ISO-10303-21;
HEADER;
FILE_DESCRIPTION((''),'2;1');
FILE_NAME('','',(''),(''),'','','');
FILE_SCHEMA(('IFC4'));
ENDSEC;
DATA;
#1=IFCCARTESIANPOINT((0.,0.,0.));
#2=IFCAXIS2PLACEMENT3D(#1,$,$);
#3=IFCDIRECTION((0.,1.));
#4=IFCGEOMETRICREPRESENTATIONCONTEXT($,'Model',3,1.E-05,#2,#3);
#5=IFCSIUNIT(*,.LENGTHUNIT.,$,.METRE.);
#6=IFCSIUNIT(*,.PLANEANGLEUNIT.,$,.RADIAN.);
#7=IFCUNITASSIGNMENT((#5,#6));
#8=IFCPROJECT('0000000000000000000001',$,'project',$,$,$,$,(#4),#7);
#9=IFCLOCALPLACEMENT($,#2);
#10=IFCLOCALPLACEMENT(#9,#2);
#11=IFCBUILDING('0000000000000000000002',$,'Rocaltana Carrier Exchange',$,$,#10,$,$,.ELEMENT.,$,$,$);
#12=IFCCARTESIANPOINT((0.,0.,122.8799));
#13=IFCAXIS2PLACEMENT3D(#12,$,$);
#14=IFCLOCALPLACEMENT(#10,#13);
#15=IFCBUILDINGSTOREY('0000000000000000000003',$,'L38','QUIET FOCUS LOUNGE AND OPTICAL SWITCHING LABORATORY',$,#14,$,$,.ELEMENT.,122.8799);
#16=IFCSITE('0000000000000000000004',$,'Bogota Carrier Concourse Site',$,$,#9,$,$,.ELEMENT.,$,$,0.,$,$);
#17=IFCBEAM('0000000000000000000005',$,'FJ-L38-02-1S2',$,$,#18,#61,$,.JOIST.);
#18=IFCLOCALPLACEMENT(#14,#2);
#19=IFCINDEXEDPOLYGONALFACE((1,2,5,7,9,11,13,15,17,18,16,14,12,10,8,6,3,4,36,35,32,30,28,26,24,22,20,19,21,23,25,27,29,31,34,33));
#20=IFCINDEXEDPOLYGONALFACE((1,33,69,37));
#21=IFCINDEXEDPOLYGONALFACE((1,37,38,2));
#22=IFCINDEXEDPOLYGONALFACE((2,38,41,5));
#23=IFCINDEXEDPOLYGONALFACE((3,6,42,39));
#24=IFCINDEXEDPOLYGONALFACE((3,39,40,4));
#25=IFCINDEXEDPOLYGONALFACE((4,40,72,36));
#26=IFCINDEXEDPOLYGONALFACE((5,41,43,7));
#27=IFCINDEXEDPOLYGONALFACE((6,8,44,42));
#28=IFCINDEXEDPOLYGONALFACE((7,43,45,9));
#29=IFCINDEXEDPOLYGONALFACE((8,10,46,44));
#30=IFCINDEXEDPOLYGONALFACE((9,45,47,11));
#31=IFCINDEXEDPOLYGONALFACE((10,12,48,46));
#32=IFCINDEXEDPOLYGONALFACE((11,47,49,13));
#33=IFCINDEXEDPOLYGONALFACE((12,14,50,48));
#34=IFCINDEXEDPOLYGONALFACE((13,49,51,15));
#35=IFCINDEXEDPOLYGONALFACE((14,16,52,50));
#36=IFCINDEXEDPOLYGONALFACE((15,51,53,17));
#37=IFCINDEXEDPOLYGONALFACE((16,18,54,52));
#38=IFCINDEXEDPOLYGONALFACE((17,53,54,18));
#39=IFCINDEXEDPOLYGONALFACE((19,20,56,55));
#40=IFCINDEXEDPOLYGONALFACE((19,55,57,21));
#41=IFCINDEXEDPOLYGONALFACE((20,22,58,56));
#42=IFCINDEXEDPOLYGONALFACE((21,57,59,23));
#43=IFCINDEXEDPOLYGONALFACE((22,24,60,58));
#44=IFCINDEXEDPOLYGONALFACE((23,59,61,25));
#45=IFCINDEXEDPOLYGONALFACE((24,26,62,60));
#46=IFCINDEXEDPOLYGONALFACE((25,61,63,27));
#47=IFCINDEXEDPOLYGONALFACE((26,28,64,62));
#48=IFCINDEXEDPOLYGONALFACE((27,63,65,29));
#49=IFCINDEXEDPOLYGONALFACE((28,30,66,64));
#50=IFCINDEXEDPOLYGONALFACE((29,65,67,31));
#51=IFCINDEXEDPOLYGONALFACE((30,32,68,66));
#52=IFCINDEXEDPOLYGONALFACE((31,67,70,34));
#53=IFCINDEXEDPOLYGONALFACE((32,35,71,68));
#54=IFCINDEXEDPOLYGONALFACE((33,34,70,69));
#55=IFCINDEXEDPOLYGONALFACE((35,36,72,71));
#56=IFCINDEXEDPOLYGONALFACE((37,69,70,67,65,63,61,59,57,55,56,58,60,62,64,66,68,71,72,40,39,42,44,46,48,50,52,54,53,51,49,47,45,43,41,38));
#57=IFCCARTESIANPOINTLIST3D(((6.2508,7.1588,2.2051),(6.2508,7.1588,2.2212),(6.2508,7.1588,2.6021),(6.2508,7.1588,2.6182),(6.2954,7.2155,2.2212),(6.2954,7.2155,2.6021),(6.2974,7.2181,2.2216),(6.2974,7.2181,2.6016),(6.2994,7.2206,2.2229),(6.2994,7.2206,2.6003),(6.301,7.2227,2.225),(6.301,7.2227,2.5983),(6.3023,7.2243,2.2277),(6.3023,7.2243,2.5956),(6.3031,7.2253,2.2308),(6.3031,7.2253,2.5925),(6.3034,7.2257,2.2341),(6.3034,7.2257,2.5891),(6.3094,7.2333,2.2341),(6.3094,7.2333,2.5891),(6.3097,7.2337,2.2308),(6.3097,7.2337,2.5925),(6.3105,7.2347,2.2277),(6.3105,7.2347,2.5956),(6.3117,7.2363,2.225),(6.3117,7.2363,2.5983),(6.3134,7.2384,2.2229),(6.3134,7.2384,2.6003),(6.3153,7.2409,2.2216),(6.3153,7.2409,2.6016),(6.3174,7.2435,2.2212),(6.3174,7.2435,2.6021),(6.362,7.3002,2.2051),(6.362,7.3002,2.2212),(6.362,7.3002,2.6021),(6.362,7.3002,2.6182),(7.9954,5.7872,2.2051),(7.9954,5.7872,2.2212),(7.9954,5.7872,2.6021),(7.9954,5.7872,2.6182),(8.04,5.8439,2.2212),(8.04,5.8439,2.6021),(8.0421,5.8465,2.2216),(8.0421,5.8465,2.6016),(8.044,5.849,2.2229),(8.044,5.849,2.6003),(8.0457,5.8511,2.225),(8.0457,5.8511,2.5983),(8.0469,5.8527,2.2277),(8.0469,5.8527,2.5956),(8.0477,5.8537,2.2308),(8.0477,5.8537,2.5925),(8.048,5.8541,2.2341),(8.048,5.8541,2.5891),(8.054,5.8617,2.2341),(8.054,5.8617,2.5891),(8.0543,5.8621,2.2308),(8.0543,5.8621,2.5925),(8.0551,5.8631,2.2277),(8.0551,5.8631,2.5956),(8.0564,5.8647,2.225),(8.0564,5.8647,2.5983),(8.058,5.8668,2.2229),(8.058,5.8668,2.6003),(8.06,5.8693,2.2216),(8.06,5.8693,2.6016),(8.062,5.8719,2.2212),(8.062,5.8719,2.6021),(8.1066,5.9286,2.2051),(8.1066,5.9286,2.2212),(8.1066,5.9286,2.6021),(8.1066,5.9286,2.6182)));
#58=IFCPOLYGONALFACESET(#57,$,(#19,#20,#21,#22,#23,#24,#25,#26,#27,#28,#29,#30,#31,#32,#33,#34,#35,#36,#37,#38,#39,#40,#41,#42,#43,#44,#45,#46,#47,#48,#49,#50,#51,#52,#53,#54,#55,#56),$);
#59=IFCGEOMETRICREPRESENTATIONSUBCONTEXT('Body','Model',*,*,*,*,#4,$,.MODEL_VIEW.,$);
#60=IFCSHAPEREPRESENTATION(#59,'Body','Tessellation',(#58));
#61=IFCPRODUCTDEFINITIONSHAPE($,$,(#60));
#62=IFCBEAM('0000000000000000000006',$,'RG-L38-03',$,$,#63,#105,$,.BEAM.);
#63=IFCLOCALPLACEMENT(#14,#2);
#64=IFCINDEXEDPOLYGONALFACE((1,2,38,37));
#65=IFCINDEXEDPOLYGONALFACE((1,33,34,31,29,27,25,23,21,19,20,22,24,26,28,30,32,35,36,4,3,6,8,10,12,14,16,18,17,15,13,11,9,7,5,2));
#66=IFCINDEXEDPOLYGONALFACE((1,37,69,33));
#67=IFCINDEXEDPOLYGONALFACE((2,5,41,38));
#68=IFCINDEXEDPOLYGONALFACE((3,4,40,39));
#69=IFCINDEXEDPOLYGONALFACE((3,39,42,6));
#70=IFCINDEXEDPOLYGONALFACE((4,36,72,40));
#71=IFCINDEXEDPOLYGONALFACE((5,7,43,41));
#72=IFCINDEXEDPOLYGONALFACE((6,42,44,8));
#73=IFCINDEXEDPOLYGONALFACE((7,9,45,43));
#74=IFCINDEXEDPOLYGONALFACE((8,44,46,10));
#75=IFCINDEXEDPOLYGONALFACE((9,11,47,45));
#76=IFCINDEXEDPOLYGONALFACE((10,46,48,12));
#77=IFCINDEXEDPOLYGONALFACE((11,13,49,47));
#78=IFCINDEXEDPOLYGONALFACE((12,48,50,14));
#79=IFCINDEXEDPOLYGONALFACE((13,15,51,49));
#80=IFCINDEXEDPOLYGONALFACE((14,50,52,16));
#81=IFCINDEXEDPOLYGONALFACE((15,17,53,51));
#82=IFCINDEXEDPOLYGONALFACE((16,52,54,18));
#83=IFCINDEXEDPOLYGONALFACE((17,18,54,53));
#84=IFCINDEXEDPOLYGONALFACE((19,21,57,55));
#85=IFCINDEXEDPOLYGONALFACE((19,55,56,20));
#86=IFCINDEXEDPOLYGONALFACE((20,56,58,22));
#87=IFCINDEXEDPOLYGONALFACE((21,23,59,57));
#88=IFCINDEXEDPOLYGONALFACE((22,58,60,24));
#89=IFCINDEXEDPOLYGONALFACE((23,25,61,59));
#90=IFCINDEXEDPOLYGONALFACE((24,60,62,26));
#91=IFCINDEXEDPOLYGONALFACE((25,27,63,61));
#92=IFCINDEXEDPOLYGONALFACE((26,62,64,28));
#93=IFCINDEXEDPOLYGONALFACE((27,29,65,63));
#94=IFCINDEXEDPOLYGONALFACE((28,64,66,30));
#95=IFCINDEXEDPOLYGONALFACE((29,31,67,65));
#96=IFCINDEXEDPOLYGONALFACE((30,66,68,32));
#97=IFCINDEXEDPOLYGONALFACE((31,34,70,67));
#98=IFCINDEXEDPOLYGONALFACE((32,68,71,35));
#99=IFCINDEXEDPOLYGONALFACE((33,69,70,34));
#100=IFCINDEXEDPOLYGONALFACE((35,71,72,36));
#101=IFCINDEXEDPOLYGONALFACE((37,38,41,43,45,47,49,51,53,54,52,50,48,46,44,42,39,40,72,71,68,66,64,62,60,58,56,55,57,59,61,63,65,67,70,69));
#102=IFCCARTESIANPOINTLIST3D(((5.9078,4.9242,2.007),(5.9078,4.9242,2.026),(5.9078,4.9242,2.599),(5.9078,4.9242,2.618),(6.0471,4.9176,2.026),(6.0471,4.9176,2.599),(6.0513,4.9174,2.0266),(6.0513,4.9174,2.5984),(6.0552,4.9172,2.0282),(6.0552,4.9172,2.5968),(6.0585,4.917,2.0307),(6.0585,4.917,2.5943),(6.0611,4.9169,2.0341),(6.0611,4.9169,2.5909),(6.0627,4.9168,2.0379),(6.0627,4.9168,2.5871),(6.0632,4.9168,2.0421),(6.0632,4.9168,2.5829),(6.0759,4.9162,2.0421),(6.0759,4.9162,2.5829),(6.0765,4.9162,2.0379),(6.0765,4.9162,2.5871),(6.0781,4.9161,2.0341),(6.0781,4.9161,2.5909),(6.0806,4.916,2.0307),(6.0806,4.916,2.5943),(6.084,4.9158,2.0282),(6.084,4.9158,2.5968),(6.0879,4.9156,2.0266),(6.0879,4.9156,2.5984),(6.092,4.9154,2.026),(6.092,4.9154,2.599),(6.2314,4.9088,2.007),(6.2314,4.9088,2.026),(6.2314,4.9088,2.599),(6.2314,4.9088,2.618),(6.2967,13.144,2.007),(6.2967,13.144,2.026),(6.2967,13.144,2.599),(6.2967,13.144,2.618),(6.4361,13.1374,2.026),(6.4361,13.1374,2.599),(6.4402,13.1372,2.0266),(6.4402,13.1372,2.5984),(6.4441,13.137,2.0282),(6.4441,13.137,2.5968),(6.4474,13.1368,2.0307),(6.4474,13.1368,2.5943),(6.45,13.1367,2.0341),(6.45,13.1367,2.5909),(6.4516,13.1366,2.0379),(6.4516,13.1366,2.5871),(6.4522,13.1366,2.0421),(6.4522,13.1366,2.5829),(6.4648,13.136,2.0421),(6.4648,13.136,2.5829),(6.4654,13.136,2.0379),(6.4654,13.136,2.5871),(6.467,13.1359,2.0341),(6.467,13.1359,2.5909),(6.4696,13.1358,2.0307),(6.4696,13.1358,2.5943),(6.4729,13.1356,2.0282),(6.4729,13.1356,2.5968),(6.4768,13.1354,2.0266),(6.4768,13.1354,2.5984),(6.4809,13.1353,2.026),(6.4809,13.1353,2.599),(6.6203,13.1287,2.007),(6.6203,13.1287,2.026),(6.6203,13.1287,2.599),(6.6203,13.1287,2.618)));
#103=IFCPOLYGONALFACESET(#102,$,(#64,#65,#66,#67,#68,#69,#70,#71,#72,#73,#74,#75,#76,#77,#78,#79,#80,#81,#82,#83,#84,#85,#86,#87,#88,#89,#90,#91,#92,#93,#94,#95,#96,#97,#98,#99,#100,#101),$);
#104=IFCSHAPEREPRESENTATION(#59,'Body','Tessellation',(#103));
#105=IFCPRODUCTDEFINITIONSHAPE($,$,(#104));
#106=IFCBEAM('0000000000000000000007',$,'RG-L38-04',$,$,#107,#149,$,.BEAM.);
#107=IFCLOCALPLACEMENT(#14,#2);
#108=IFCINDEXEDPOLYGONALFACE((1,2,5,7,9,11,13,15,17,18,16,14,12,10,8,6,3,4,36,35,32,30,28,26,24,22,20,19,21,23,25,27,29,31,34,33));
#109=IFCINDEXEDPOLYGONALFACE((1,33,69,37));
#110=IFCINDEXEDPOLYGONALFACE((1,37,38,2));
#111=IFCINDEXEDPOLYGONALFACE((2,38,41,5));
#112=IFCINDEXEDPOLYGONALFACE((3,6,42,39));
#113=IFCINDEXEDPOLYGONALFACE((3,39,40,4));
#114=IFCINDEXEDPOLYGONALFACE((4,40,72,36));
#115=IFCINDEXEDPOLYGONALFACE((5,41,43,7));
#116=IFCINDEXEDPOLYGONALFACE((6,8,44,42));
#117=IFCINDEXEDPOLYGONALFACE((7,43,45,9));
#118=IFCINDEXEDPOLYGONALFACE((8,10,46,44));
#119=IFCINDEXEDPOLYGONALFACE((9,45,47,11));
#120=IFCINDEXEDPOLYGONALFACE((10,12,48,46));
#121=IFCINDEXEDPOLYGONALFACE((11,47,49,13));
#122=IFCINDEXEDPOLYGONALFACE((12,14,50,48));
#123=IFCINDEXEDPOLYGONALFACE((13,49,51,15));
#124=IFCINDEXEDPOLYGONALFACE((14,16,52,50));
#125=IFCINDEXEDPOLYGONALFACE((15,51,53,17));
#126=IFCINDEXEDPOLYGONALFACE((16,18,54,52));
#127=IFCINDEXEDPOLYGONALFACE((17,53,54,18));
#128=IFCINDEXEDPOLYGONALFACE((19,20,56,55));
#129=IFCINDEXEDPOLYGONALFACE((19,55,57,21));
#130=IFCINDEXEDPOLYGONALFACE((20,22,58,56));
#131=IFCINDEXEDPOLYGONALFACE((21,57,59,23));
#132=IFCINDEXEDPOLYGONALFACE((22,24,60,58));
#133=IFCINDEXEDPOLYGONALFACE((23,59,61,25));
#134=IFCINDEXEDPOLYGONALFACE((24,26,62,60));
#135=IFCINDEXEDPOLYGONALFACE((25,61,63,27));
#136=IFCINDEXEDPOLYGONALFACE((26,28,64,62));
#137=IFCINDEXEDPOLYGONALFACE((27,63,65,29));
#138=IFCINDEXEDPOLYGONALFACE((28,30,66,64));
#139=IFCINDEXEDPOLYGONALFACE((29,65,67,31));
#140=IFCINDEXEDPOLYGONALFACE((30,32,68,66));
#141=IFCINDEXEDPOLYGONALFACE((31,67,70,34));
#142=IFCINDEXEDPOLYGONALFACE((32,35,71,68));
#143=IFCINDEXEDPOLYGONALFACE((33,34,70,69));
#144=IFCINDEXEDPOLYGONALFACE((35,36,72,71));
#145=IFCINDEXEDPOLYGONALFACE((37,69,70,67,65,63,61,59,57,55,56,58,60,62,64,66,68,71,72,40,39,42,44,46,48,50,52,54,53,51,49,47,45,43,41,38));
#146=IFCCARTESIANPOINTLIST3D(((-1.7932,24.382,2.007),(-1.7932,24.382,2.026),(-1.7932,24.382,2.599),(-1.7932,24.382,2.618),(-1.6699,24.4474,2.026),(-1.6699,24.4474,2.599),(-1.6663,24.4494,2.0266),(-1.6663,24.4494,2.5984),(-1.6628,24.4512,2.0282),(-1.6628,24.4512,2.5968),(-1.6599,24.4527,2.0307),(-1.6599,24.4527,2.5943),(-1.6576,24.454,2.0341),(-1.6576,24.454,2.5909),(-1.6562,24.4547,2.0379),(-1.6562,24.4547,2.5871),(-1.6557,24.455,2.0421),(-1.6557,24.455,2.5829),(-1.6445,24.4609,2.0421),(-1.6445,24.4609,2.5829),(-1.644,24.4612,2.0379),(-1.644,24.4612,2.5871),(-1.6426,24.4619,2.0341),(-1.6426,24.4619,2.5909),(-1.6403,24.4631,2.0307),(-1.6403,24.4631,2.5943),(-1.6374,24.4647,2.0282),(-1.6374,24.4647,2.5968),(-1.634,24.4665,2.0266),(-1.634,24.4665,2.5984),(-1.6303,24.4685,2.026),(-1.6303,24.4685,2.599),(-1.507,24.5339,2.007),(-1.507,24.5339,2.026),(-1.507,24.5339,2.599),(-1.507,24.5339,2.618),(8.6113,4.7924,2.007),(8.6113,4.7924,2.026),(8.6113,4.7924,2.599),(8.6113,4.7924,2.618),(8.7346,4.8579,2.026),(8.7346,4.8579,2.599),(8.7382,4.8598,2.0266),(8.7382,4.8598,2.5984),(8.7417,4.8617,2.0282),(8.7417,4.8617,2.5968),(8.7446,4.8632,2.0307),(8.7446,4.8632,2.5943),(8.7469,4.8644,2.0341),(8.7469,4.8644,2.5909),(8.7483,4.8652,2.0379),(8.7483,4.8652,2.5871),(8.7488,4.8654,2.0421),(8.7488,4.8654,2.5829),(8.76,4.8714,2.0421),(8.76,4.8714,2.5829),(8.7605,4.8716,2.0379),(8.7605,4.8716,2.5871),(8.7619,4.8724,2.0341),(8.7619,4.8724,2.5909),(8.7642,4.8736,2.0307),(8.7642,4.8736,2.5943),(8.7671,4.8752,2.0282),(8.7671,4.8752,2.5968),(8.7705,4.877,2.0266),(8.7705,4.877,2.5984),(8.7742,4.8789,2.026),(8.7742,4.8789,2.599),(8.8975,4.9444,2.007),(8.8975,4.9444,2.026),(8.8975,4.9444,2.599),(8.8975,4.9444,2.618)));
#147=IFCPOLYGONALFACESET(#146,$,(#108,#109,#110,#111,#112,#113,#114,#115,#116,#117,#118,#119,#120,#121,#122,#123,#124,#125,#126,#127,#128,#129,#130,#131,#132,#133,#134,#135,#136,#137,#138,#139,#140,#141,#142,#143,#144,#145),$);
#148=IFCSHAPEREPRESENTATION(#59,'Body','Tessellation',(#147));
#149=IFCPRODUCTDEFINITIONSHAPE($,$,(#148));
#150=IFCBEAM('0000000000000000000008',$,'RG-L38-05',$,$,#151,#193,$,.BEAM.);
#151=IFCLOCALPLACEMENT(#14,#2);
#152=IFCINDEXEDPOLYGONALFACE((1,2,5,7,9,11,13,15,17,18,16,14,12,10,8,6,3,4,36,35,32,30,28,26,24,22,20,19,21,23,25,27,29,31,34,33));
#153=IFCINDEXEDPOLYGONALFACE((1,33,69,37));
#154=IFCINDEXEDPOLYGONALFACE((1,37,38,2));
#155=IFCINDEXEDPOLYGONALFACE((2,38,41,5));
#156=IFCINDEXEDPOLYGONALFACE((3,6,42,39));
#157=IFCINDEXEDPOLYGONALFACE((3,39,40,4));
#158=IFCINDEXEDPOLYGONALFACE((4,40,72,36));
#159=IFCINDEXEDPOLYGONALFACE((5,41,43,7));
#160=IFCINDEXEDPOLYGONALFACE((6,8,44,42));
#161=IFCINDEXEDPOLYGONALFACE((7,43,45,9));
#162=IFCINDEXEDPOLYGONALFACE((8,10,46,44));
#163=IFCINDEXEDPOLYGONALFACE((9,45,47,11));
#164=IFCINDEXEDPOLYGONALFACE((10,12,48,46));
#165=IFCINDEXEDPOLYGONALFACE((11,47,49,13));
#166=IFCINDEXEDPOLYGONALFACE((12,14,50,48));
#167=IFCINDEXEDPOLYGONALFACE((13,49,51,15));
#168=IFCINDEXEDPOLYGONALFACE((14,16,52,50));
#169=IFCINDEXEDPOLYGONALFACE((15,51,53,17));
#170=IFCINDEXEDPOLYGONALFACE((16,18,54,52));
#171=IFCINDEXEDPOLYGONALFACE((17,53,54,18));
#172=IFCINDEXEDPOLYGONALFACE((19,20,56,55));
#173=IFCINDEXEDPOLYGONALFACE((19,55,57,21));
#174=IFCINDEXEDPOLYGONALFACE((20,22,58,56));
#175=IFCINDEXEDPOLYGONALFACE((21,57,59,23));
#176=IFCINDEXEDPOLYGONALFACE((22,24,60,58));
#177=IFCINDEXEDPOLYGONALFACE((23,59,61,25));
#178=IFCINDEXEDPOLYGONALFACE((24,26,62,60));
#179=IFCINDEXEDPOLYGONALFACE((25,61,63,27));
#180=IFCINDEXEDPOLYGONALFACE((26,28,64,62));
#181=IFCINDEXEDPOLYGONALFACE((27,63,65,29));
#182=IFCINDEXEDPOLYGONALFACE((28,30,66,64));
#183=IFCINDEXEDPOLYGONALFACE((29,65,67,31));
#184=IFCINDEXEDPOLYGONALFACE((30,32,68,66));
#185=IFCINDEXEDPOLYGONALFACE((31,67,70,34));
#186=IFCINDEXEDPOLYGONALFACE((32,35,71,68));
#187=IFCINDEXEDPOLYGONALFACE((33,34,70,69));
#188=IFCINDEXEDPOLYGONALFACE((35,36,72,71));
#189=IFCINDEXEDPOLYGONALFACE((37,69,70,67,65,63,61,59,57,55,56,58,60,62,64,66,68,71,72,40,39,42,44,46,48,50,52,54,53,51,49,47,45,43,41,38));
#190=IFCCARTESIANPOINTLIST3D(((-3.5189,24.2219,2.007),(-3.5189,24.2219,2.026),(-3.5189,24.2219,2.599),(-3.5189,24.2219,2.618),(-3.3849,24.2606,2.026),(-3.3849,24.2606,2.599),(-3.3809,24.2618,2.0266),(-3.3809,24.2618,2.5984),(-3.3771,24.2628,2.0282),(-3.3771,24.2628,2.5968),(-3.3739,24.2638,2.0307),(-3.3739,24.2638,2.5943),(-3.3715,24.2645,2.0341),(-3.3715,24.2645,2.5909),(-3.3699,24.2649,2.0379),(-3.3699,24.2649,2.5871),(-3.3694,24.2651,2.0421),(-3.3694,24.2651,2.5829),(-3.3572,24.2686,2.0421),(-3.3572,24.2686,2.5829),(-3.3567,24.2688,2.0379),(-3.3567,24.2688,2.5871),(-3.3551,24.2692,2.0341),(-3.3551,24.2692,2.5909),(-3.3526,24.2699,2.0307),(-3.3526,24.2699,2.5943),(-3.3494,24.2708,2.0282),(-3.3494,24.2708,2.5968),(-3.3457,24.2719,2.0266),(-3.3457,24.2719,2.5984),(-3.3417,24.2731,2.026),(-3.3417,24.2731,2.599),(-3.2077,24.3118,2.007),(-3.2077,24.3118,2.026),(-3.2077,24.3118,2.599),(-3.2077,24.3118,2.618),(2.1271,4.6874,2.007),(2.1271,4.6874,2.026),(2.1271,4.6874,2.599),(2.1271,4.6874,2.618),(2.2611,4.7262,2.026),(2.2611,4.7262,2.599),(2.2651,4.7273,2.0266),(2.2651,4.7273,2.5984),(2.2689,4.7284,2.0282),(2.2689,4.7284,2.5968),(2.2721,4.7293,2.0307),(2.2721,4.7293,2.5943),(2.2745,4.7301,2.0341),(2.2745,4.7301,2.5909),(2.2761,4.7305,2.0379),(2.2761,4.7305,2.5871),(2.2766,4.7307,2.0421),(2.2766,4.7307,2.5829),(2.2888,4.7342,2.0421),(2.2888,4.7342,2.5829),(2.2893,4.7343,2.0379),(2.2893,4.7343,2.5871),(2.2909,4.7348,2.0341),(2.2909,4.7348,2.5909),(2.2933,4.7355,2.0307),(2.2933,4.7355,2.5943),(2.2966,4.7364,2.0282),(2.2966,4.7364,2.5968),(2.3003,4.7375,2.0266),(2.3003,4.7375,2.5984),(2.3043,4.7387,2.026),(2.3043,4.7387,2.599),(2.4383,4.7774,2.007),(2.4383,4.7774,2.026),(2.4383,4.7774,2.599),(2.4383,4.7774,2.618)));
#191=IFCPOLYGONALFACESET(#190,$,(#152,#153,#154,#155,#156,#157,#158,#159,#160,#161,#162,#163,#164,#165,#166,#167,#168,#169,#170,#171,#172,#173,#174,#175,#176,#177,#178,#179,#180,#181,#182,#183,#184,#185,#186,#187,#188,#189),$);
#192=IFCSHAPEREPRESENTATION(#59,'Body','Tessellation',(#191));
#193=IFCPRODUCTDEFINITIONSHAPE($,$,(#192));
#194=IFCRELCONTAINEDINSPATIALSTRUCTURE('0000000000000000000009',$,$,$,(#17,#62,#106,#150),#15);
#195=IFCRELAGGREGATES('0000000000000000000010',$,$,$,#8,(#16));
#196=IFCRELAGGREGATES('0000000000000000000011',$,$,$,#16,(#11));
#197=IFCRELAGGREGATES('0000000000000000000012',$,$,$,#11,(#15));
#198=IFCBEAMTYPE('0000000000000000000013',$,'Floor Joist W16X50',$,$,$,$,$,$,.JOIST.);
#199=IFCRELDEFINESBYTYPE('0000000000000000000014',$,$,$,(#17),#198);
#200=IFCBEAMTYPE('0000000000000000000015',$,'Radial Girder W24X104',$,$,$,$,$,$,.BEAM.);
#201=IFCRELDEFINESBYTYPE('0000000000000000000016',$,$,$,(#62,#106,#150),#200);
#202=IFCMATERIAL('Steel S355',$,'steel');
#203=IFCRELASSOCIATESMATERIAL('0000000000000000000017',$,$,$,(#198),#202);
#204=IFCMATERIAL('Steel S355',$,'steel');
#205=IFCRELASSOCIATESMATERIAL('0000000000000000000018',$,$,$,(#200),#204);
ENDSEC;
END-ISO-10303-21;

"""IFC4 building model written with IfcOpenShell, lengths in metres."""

from ifc_helpers import new_model, si_unit, direction, frame, origin, origin_2d, place, context, subcontext, project, spatial, i_section, extrude, material, material_profile, profile_set, type_object, element, save


model = new_model("IFC4")

# Units and contexts
model_context = context("Model", 3, precision=1e-05, world=origin(), true_north=direction((0.0, 1.0)))
body_context = subcontext(model_context, "Body", "Model", "MODEL_VIEW")
ifc_project = project(units=[si_unit("LENGTHUNIT", "METRE"), si_unit("PLANEANGLEUNIT", "RADIAN")], contexts=[model_context])

# Site, building, storey
site_placement = place(None, origin())
site = spatial("IfcSite", under=ifc_project, at=site_placement, Name="Bogota Carrier Concourse Site", CompositionType="ELEMENT", RefElevation=0.0)
building_placement = place(site_placement, origin())
building = spatial("IfcBuilding", under=site, at=building_placement, Name="Rocaltana Carrier Exchange", CompositionType="ELEMENT")
storey_placement = place(building_placement, frame((0.0, 0.0, 122.8799)))
storey = spatial("IfcBuildingStorey", under=building, at=storey_placement, Name="L38", Description="QUIET FOCUS LOUNGE AND OPTICAL SWITCHING LABORATORY", CompositionType="ELEMENT", Elevation=122.8799)

# Beams
ifc_material_1 = material(Name="Steel S355", Category="steel")
ifc_material_profile_1 = material_profile(ifc_material_1, i_section(OverallWidth=0.1799, OverallDepth=0.4131, WebThickness=0.0098, FlangeThickness=0.0161, FilletRadius=0.0129, at=origin_2d()), Name="W16X50")
ifc_profile_set_1 = profile_set([ifc_material_profile_1], Name="Steel S355")
beam_type_1 = type_object("IfcBeamType", Name="Floor Joist W16X50", PredefinedType="JOIST", material=ifc_profile_set_1)
beam_1_placement = place(storey_placement, frame((8.051, 5.8579, 2.4116), z_axis=(-0.786143, 0.618045, 0.0), x_axis=(-0.618045, -0.786143, 0.0)))
element("IfcBeam", 1, at=beam_1_placement, inside=storey, type_object=beam_type_1, Name="FJ-L38-02-1S2", PredefinedType="JOIST", context=body_context, shape_type="SweptSolid", body=[
    extrude(i_section(OverallWidth=0.1799, OverallDepth=0.4131, WebThickness=0.0098, FlangeThickness=0.0161, FilletRadius=0.0129, at=origin_2d()), origin(), (0.0, 0.0, 1.0), 2.2192),
])
ifc_material_2 = material(Name="Steel S355", Category="steel")
ifc_material_profile_2 = material_profile(ifc_material_2, i_section(OverallWidth=0.324, OverallDepth=0.6111, WebThickness=0.0127, FlangeThickness=0.019, FilletRadius=0.0161, at=origin_2d()), Name="W24X104")
ifc_profile_set_2 = profile_set([ifc_material_profile_2], Name="Steel S355")
beam_type_2 = type_object("IfcBeamType", Name="Radial Girder W24X104", PredefinedType="BEAM", material=ifc_profile_set_2)
beam_2_placement = place(storey_placement, frame((6.0696, 4.9165, 2.3125), z_axis=(0.047262, 0.998883, 0.0), x_axis=(-0.998883, 0.047262, 0.0)))
element("IfcBeam", 2, at=beam_2_placement, inside=storey, type_object=beam_type_2, Name="RG-L38-03", PredefinedType="BEAM", context=body_context, shape_type="SweptSolid", body=[
    extrude(i_section(OverallWidth=0.324, OverallDepth=0.6111, WebThickness=0.0127, FlangeThickness=0.019, FilletRadius=0.0161, at=origin_2d()), origin(), (0.0, 0.0, 1.0), 8.229),
])
beam_3_placement = place(storey_placement, frame((8.7544, 4.8684, 2.3125), z_axis=(-0.46907, 0.883161, 0.0), x_axis=(-0.883161, -0.46907, 0.0)))
element("IfcBeam", 3, at=beam_3_placement, inside=storey, type_object=beam_type_2, Name="RG-L38-04", PredefinedType="BEAM", context=body_context, shape_type="SweptSolid", body=[
    extrude(i_section(OverallWidth=0.324, OverallDepth=0.6111, WebThickness=0.0127, FlangeThickness=0.019, FilletRadius=0.0161, at=origin_2d()), origin(), (0.0, 0.0, 1.0), 22.1812),
])
beam_4_placement = place(storey_placement, frame((2.2827, 4.7324, 2.3125), z_axis=(-0.277663, 0.960679, 0.0), x_axis=(-0.960679, -0.277663, 0.0)))
element("IfcBeam", 4, at=beam_4_placement, inside=storey, type_object=beam_type_2, Name="RG-L38-05", PredefinedType="BEAM", context=body_context, shape_type="SweptSolid", body=[
    extrude(i_section(OverallWidth=0.324, OverallDepth=0.6111, WebThickness=0.0127, FlangeThickness=0.019, FilletRadius=0.0161, at=origin_2d()), origin(), (0.0, 0.0, 1.0), 20.334),
])

save(model, "model.ifc")
